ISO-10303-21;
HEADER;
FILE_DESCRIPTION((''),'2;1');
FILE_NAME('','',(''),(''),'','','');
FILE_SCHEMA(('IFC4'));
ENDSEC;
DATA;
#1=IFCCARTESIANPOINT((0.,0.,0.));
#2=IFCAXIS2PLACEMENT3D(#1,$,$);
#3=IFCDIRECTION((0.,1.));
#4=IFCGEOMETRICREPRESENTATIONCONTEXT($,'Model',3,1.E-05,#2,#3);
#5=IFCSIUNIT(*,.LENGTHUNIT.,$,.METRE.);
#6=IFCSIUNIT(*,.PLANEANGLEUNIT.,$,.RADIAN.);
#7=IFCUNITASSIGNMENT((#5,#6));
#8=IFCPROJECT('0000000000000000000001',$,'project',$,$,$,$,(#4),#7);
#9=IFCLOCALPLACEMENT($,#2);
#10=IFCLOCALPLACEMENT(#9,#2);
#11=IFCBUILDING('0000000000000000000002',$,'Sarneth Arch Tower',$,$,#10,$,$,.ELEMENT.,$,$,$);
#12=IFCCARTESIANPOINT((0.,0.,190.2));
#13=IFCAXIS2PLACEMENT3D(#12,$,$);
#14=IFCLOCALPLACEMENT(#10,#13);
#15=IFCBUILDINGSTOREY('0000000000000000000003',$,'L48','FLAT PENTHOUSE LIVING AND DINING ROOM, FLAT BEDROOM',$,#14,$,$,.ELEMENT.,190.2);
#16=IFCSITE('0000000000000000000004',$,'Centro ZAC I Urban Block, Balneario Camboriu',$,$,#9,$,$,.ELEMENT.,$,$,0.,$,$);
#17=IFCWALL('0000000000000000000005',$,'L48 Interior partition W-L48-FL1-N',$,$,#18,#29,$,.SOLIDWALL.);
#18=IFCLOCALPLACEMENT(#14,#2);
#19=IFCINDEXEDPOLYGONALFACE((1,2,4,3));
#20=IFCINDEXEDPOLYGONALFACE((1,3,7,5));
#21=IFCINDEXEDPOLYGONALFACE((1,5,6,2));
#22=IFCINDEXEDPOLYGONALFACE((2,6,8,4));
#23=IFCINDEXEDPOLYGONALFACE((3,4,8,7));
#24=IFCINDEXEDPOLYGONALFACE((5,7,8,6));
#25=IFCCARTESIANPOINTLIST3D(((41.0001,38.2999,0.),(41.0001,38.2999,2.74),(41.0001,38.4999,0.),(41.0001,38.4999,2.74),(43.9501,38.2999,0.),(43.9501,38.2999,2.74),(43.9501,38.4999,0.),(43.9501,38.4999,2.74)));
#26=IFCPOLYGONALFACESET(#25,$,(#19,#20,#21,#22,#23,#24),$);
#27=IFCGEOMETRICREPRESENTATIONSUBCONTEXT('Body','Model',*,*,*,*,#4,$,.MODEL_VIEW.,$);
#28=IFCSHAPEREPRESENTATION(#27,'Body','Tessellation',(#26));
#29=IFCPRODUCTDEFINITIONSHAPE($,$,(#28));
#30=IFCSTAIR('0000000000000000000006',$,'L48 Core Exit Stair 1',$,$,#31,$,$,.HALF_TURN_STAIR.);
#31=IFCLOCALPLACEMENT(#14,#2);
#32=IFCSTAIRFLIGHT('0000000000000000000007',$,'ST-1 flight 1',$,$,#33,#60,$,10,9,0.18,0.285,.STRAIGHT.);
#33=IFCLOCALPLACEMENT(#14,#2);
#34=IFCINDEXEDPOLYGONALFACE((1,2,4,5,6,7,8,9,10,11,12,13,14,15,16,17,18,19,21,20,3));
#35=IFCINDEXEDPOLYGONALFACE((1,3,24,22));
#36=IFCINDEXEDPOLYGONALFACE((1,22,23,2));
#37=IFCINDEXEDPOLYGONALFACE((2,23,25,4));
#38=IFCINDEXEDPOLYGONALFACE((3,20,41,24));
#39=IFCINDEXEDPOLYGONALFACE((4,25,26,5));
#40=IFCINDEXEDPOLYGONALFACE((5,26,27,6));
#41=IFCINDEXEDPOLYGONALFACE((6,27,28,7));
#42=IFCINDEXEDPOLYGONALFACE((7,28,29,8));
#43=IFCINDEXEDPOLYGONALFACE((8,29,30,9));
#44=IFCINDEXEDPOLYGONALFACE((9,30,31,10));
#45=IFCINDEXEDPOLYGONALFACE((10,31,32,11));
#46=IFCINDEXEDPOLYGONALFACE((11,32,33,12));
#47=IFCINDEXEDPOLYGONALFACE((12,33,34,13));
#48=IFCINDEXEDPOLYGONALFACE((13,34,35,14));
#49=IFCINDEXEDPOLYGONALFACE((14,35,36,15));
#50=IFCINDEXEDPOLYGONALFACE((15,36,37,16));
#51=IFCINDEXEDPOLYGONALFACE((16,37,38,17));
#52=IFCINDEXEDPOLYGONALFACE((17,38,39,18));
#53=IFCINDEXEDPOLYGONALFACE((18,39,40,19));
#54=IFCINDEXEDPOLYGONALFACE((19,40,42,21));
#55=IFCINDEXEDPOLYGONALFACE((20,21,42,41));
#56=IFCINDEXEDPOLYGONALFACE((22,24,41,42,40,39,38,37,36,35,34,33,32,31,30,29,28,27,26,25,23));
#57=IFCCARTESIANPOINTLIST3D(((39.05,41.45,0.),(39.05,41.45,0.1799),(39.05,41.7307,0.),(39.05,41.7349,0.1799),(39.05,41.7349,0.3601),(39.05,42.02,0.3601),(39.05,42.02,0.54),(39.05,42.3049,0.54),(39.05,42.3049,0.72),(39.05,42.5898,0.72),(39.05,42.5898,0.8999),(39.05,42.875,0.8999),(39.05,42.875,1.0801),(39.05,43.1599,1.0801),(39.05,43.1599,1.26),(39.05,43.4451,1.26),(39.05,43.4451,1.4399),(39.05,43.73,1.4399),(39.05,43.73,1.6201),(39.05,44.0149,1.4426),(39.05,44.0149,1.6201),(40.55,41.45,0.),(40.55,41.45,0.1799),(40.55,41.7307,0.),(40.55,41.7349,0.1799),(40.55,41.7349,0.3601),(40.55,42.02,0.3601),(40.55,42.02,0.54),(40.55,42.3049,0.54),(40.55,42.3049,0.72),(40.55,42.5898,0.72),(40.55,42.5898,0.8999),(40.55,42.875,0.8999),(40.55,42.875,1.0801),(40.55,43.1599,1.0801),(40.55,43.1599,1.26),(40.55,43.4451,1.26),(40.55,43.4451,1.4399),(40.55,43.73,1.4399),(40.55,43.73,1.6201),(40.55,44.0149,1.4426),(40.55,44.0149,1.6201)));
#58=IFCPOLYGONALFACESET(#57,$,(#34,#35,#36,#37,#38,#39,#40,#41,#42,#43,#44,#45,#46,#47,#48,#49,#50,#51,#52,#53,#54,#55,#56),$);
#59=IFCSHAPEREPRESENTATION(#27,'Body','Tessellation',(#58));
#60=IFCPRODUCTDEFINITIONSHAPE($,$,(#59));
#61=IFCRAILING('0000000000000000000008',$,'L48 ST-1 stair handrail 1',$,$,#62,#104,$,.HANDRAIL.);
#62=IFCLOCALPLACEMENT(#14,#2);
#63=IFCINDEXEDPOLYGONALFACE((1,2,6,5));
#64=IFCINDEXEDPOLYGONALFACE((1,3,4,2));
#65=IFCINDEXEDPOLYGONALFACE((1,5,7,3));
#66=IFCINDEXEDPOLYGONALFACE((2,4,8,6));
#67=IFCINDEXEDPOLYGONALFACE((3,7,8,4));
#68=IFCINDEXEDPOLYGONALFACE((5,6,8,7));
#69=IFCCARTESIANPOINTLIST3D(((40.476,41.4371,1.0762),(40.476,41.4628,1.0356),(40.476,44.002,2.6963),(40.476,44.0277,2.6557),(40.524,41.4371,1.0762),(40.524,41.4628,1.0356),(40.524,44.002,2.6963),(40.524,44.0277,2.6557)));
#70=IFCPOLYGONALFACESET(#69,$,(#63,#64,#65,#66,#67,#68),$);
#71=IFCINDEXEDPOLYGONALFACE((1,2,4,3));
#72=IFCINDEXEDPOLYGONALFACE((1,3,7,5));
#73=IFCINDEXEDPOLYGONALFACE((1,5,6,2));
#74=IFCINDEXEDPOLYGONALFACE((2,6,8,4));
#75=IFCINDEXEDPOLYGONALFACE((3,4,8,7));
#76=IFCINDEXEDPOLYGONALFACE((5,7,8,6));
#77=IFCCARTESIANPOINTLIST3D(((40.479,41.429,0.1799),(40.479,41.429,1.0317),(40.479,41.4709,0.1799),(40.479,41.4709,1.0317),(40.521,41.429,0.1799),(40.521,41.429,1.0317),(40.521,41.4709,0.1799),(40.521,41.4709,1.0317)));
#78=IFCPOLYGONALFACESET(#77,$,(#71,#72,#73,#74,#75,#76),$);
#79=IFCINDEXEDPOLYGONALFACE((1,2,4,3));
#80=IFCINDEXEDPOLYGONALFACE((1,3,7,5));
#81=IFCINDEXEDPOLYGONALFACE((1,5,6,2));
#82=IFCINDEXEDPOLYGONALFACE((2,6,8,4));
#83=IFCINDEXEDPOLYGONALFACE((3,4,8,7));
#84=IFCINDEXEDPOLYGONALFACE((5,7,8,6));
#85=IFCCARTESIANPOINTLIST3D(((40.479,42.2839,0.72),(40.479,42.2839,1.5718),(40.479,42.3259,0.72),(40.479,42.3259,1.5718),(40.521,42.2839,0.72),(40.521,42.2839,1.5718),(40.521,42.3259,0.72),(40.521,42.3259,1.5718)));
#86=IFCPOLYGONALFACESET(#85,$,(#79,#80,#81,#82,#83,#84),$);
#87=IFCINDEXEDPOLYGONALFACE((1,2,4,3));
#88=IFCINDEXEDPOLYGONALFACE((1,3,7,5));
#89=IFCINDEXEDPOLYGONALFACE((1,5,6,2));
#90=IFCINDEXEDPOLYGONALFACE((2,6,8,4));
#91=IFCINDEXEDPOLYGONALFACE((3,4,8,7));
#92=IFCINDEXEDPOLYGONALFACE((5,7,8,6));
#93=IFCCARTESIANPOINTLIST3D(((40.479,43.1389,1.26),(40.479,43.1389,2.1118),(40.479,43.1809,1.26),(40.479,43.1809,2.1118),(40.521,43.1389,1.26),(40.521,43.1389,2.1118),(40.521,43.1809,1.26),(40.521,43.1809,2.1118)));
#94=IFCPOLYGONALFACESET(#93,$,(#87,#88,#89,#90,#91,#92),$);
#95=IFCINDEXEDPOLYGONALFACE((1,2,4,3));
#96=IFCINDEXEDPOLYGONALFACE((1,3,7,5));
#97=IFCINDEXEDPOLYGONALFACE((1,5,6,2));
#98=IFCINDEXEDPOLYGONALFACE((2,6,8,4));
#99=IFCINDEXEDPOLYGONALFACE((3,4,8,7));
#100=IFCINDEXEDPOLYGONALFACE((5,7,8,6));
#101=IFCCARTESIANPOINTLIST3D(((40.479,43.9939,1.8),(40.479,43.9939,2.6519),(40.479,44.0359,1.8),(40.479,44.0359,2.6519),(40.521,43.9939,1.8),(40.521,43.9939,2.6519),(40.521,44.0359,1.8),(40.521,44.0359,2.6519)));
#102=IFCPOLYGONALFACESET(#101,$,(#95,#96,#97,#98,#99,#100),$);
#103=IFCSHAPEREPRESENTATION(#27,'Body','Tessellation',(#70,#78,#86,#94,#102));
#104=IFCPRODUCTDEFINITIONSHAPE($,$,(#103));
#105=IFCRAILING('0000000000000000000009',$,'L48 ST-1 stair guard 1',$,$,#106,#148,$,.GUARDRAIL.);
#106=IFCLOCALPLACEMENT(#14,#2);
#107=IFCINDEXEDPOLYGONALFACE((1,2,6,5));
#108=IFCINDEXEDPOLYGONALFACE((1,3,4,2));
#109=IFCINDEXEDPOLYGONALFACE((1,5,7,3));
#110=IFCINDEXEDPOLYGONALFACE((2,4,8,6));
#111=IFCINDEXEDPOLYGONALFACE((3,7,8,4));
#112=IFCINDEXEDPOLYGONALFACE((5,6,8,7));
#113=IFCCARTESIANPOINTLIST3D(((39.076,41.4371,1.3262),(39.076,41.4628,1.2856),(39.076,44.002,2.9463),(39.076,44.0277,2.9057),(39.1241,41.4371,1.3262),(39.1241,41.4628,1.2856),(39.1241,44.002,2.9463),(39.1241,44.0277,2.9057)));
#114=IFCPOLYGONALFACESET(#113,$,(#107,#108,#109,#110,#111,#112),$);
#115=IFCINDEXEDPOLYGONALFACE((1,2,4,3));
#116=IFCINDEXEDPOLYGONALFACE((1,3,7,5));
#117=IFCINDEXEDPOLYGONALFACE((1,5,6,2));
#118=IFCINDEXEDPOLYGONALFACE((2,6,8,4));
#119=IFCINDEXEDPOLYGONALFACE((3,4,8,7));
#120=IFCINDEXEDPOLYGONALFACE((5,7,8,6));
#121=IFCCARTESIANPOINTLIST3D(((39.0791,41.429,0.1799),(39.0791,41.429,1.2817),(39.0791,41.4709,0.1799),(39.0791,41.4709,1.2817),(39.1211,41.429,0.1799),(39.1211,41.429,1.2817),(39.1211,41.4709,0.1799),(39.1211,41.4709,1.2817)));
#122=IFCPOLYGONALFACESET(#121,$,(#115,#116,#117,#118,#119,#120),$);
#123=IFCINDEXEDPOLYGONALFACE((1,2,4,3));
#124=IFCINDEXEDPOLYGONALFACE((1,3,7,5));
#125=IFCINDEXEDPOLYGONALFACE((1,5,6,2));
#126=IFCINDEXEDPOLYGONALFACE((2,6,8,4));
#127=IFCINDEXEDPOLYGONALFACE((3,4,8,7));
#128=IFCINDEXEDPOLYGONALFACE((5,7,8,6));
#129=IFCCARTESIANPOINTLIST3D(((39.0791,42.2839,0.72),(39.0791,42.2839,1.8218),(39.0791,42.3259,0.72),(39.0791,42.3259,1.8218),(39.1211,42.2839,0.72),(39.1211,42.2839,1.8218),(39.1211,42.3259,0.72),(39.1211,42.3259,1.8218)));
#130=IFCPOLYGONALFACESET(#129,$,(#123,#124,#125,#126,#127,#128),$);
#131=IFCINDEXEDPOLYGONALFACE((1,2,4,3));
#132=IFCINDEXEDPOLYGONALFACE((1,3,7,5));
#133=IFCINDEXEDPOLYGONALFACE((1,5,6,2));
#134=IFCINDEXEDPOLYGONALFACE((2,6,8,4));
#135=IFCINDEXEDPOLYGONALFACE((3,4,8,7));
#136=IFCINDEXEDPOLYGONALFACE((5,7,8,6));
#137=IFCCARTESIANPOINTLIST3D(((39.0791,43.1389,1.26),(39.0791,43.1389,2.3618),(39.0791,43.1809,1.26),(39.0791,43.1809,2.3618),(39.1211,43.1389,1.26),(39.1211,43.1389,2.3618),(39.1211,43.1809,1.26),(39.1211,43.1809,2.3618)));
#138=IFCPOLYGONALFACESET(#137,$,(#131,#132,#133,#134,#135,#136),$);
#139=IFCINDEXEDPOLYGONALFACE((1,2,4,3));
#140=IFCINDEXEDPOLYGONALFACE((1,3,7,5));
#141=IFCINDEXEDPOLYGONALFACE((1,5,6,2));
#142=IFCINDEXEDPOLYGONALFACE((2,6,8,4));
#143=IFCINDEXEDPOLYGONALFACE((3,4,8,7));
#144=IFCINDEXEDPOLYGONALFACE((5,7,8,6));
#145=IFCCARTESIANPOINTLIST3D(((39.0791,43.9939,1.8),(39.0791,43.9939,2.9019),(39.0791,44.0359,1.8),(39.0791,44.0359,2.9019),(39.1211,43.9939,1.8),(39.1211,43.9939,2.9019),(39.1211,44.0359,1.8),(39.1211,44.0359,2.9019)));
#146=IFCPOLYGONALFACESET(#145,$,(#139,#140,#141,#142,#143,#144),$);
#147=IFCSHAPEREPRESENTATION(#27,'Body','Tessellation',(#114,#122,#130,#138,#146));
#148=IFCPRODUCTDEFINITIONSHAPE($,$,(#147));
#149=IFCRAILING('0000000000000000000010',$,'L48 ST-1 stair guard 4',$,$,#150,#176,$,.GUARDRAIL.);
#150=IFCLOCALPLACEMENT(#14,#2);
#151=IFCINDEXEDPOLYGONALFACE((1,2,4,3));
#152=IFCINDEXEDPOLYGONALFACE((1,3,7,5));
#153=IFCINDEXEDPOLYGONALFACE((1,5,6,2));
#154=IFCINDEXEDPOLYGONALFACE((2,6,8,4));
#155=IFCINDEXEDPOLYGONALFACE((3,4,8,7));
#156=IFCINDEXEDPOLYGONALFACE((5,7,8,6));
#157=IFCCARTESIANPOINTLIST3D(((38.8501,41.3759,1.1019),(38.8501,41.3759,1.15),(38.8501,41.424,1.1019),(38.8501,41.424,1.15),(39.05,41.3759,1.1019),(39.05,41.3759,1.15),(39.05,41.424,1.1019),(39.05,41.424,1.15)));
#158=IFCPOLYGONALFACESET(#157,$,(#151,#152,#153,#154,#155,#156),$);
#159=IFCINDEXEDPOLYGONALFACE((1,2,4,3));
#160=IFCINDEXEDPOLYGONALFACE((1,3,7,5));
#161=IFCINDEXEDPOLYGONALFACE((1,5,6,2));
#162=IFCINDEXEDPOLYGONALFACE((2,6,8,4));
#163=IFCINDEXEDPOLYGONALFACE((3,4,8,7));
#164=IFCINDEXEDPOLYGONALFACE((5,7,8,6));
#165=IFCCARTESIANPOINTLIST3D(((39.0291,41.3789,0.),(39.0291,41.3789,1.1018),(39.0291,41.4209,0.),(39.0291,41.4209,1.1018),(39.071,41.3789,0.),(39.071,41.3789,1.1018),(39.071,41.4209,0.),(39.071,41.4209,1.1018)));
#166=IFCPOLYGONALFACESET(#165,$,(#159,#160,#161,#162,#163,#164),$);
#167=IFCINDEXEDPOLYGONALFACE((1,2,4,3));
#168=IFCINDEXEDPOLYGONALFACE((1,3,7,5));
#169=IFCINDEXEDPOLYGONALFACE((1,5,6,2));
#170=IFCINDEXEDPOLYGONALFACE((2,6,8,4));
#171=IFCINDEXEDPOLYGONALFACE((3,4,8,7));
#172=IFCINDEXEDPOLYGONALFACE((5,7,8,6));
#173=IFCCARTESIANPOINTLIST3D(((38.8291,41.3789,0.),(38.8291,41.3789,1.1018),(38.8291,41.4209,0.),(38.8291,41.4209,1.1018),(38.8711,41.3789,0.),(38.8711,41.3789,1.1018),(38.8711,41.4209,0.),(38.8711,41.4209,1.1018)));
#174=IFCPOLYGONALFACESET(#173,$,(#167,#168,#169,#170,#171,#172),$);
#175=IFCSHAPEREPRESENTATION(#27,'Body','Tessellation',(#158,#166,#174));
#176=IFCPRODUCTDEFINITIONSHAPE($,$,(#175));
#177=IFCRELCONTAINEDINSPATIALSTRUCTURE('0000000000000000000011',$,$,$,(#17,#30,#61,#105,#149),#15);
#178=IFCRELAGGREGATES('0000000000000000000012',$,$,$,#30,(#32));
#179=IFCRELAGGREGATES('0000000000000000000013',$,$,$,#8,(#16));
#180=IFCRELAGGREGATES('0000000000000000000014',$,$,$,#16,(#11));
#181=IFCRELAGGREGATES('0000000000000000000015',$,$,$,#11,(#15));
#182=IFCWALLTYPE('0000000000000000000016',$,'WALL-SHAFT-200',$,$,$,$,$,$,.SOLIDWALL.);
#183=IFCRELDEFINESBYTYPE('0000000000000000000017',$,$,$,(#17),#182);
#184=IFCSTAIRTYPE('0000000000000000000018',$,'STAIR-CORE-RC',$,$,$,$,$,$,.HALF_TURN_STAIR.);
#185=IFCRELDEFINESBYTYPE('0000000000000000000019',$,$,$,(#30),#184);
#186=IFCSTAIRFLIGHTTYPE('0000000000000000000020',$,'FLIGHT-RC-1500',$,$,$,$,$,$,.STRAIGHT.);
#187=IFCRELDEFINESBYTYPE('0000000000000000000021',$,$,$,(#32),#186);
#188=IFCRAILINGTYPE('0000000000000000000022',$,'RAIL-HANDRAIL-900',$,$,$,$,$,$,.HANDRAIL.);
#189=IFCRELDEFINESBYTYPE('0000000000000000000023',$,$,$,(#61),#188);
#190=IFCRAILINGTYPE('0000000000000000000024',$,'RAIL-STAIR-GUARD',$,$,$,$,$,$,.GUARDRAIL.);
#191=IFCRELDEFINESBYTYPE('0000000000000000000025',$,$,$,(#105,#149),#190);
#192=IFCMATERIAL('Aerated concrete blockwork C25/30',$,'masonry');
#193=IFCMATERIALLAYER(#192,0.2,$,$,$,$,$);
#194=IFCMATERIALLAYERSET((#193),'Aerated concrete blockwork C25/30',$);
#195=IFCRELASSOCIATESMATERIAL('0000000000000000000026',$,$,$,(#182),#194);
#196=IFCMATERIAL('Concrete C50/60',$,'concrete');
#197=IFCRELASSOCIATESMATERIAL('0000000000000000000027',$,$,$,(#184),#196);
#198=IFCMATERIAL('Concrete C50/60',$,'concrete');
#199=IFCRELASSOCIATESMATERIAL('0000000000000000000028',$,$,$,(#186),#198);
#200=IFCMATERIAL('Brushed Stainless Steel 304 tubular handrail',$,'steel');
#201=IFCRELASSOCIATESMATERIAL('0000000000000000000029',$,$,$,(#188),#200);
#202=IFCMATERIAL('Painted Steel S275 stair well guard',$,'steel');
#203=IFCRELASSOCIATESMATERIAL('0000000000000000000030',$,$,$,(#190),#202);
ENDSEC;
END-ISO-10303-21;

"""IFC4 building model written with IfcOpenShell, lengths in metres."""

from ifc_helpers import new_model, si_unit, direction, frame, frame_2d, origin, origin_2d, place, context, subcontext, project, spatial, polyline, rectangle, outline, extrude, material, layer, layer_set, type_object, element, aggregate, save


model = new_model("IFC4")

# Units and contexts
model_context = context("Model", 3, precision=1e-05, world=origin(), true_north=direction((0.0, 1.0)))
body_context = subcontext(model_context, "Body", "Model", "MODEL_VIEW")
ifc_project = project(units=[si_unit("LENGTHUNIT", "METRE"), si_unit("PLANEANGLEUNIT", "RADIAN")], contexts=[model_context])

# Site, building, storey
site_placement = place(None, origin())
site = spatial("IfcSite", under=ifc_project, at=site_placement, Name="Centro ZAC I Urban Block, Balneario Camboriu", CompositionType="ELEMENT", RefElevation=0.0)
building_placement = place(site_placement, origin())
building = spatial("IfcBuilding", under=site, at=building_placement, Name="Sarneth Arch Tower", CompositionType="ELEMENT")
storey_placement = place(building_placement, frame((0.0, 0.0, 190.2)))
storey = spatial("IfcBuildingStorey", under=building, at=storey_placement, Name="L48", Description="FLAT PENTHOUSE LIVING AND DINING ROOM, FLAT BEDROOM", CompositionType="ELEMENT", Elevation=190.2)

# Shared definitions
ifc_material_1 = material(Name="Aerated concrete blockwork C25/30", Category="masonry")
ifc_layer_1 = layer(ifc_material_1, 0.2)
ifc_layer_set_1 = layer_set([ifc_layer_1], Name="Aerated concrete blockwork C25/30")
wall_type_1 = type_object("IfcWallType", Name="WALL-SHAFT-200", PredefinedType="SOLIDWALL", material=ifc_layer_set_1)

# Wall
wall_1_placement = place(storey_placement, frame((41.0, 38.3999, 0.0), z_axis=(0.0, 0.0, 1.0), x_axis=(1.0, 0.0, 0.0)))
element("IfcWall", 1, at=wall_1_placement, inside=storey, type_object=wall_type_1, Name="L48 Interior partition W-L48-FL1-N", PredefinedType="SOLIDWALL", context=body_context, shape_type="SweptSolid", body=[
    extrude(rectangle(XDim=2.95, YDim=0.2, at=frame_2d((1.4751, 0.0))), origin(), (0.0, 0.0, 1.0), 2.74),
])

# Stair, stair flight
ifc_material_2 = material(Name="Concrete C50/60", Category="concrete")
stair_type = type_object("IfcStairType", Name="STAIR-CORE-RC", PredefinedType="HALF_TURN_STAIR", material=ifc_material_2)
stair_placement = place(storey_placement, origin())
stair = element("IfcStair", 2, at=stair_placement, inside=storey, type_object=stair_type, Name="L48 Core Exit Stair 1", PredefinedType="HALF_TURN_STAIR")
ifc_material_3 = material(Name="Concrete C50/60", Category="concrete")
stair_flight_type = type_object("IfcStairFlightType", Name="FLIGHT-RC-1500", PredefinedType="STRAIGHT", material=ifc_material_3)
stair_flight_placement = place(storey_placement, frame((39.8, 41.45, 0.0), z_axis=(0.0, 0.0, 1.0), x_axis=(0.0, 1.0, 0.0)))
stair_flight = element("IfcStairFlight", 3, at=stair_flight_placement, type_object=stair_flight_type, Name="ST-1 flight 1", NumberOfRisers=10, NumberOfTreads=9, PredefinedType="STRAIGHT", RiserHeight=0.18, TreadLength=0.285, context=body_context, shape_type="SweptSolid", body=[
    extrude(outline(polyline([(0.0, 0.0), (0.0, 0.1799), (0.2849, 0.1799), (0.2849, 0.3601), (0.5701, 0.3601), (0.5701, 0.54), (0.855, 0.54), (0.855, 0.72), (1.1399, 0.72), (1.1399, 0.8999), (1.425, 0.8999), (1.425, 1.0801), (1.71, 1.0801), (1.71, 1.26), (1.9951, 1.26), (1.9951, 1.4399), (2.28, 1.4399), (2.28, 1.6201), (2.5649, 1.6201), (2.5649, 1.8), (2.5649, 1.4426), (0.2808, 0.0), (0.0, 0.0)])), frame((0.0, 0.75, 0.0), z_axis=(0.0, -1.0, 0.0), x_axis=(1.0, 0.0, 0.0)), (0.0, 0.0, 1.0), 1.5),
])
aggregate(stair, [stair_flight])

# Railings
ifc_material_4 = material(Name="Brushed Stainless Steel 304 tubular handrail", Category="steel")
railing_type_1 = type_object("IfcRailingType", Name="RAIL-HANDRAIL-900", PredefinedType="HANDRAIL", material=ifc_material_4)
railing_1_placement = place(storey_placement, frame((40.5, 41.45, 0.1799)))
element("IfcRailing", 4, at=railing_1_placement, inside=storey, type_object=railing_type_1, Name="L48 ST-1 stair handrail 1", PredefinedType="HANDRAIL", context=body_context, shape_type="SweptSolid", body=[
    extrude(rectangle(XDim=0.0481, YDim=0.0481, at=origin_2d()), frame((0.0, 0.0, 0.876), z_axis=(0.0, 0.845466, 0.534029), x_axis=(-1.0, 0.0, 0.0)), (0.0, 0.0, 1.0), 3.0337),
    extrude(rectangle(XDim=0.042, YDim=0.042, at=origin_2d()), origin(), (0.0, 0.0, 1.0), 0.8518),
    extrude(rectangle(XDim=0.042, YDim=0.042, at=origin_2d()), frame((0.0, 0.855, 0.54)), (0.0, 0.0, 1.0), 0.8518),
    extrude(rectangle(XDim=0.042, YDim=0.042, at=origin_2d()), frame((0.0, 1.71, 1.0801)), (0.0, 0.0, 1.0), 0.8518),
    extrude(rectangle(XDim=0.042, YDim=0.042, at=origin_2d()), frame((0.0, 2.5649, 1.6201)), (0.0, 0.0, 1.0), 0.8518),
])
ifc_material_5 = material(Name="Painted Steel S275 stair well guard", Category="steel")
railing_type_2 = type_object("IfcRailingType", Name="RAIL-STAIR-GUARD", PredefinedType="GUARDRAIL", material=ifc_material_5)
railing_2_placement = place(storey_placement, frame((39.1001, 41.45, 0.1799)))
element("IfcRailing", 5, at=railing_2_placement, inside=storey, type_object=railing_type_2, Name="L48 ST-1 stair guard 1", PredefinedType="GUARDRAIL", context=body_context, shape_type="SweptSolid", body=[
    extrude(rectangle(XDim=0.0481, YDim=0.0481, at=origin_2d()), frame((0.0, 0.0, 1.126), z_axis=(0.0, 0.845466, 0.534029), x_axis=(-1.0, 0.0, 0.0)), (0.0, 0.0, 1.0), 3.0337),
    extrude(rectangle(XDim=0.042, YDim=0.042, at=origin_2d()), origin(), (0.0, 0.0, 1.0), 1.1018),
    extrude(rectangle(XDim=0.042, YDim=0.042, at=origin_2d()), frame((0.0, 0.855, 0.54)), (0.0, 0.0, 1.0), 1.1018),
    extrude(rectangle(XDim=0.042, YDim=0.042, at=origin_2d()), frame((0.0, 1.71, 1.0801)), (0.0, 0.0, 1.0), 1.1018),
    extrude(rectangle(XDim=0.042, YDim=0.042, at=origin_2d()), frame((0.0, 2.5649, 1.6201)), (0.0, 0.0, 1.0), 1.1018),
])
railing_3_placement = place(storey_placement, frame((39.05, 41.3999, 0.0)))
element("IfcRailing", 6, at=railing_3_placement, inside=storey, type_object=railing_type_2, Name="L48 ST-1 stair guard 4", PredefinedType="GUARDRAIL", context=body_context, shape_type="SweptSolid", body=[
    extrude(rectangle(XDim=0.0481, YDim=0.0481, at=origin_2d()), frame((0.0, 0.0, 1.126), z_axis=(-1.0, 0.0, 0.0), x_axis=(0.0, -1.0, 0.0)), (0.0, 0.0, 1.0), 0.2),
    extrude(rectangle(XDim=0.042, YDim=0.042, at=origin_2d()), origin(), (0.0, 0.0, 1.0), 1.1018),
    extrude(rectangle(XDim=0.042, YDim=0.042, at=origin_2d()), frame((-0.2, 0.0, 0.0)), (0.0, 0.0, 1.0), 1.1018),
])

save(model, "model.ifc")
